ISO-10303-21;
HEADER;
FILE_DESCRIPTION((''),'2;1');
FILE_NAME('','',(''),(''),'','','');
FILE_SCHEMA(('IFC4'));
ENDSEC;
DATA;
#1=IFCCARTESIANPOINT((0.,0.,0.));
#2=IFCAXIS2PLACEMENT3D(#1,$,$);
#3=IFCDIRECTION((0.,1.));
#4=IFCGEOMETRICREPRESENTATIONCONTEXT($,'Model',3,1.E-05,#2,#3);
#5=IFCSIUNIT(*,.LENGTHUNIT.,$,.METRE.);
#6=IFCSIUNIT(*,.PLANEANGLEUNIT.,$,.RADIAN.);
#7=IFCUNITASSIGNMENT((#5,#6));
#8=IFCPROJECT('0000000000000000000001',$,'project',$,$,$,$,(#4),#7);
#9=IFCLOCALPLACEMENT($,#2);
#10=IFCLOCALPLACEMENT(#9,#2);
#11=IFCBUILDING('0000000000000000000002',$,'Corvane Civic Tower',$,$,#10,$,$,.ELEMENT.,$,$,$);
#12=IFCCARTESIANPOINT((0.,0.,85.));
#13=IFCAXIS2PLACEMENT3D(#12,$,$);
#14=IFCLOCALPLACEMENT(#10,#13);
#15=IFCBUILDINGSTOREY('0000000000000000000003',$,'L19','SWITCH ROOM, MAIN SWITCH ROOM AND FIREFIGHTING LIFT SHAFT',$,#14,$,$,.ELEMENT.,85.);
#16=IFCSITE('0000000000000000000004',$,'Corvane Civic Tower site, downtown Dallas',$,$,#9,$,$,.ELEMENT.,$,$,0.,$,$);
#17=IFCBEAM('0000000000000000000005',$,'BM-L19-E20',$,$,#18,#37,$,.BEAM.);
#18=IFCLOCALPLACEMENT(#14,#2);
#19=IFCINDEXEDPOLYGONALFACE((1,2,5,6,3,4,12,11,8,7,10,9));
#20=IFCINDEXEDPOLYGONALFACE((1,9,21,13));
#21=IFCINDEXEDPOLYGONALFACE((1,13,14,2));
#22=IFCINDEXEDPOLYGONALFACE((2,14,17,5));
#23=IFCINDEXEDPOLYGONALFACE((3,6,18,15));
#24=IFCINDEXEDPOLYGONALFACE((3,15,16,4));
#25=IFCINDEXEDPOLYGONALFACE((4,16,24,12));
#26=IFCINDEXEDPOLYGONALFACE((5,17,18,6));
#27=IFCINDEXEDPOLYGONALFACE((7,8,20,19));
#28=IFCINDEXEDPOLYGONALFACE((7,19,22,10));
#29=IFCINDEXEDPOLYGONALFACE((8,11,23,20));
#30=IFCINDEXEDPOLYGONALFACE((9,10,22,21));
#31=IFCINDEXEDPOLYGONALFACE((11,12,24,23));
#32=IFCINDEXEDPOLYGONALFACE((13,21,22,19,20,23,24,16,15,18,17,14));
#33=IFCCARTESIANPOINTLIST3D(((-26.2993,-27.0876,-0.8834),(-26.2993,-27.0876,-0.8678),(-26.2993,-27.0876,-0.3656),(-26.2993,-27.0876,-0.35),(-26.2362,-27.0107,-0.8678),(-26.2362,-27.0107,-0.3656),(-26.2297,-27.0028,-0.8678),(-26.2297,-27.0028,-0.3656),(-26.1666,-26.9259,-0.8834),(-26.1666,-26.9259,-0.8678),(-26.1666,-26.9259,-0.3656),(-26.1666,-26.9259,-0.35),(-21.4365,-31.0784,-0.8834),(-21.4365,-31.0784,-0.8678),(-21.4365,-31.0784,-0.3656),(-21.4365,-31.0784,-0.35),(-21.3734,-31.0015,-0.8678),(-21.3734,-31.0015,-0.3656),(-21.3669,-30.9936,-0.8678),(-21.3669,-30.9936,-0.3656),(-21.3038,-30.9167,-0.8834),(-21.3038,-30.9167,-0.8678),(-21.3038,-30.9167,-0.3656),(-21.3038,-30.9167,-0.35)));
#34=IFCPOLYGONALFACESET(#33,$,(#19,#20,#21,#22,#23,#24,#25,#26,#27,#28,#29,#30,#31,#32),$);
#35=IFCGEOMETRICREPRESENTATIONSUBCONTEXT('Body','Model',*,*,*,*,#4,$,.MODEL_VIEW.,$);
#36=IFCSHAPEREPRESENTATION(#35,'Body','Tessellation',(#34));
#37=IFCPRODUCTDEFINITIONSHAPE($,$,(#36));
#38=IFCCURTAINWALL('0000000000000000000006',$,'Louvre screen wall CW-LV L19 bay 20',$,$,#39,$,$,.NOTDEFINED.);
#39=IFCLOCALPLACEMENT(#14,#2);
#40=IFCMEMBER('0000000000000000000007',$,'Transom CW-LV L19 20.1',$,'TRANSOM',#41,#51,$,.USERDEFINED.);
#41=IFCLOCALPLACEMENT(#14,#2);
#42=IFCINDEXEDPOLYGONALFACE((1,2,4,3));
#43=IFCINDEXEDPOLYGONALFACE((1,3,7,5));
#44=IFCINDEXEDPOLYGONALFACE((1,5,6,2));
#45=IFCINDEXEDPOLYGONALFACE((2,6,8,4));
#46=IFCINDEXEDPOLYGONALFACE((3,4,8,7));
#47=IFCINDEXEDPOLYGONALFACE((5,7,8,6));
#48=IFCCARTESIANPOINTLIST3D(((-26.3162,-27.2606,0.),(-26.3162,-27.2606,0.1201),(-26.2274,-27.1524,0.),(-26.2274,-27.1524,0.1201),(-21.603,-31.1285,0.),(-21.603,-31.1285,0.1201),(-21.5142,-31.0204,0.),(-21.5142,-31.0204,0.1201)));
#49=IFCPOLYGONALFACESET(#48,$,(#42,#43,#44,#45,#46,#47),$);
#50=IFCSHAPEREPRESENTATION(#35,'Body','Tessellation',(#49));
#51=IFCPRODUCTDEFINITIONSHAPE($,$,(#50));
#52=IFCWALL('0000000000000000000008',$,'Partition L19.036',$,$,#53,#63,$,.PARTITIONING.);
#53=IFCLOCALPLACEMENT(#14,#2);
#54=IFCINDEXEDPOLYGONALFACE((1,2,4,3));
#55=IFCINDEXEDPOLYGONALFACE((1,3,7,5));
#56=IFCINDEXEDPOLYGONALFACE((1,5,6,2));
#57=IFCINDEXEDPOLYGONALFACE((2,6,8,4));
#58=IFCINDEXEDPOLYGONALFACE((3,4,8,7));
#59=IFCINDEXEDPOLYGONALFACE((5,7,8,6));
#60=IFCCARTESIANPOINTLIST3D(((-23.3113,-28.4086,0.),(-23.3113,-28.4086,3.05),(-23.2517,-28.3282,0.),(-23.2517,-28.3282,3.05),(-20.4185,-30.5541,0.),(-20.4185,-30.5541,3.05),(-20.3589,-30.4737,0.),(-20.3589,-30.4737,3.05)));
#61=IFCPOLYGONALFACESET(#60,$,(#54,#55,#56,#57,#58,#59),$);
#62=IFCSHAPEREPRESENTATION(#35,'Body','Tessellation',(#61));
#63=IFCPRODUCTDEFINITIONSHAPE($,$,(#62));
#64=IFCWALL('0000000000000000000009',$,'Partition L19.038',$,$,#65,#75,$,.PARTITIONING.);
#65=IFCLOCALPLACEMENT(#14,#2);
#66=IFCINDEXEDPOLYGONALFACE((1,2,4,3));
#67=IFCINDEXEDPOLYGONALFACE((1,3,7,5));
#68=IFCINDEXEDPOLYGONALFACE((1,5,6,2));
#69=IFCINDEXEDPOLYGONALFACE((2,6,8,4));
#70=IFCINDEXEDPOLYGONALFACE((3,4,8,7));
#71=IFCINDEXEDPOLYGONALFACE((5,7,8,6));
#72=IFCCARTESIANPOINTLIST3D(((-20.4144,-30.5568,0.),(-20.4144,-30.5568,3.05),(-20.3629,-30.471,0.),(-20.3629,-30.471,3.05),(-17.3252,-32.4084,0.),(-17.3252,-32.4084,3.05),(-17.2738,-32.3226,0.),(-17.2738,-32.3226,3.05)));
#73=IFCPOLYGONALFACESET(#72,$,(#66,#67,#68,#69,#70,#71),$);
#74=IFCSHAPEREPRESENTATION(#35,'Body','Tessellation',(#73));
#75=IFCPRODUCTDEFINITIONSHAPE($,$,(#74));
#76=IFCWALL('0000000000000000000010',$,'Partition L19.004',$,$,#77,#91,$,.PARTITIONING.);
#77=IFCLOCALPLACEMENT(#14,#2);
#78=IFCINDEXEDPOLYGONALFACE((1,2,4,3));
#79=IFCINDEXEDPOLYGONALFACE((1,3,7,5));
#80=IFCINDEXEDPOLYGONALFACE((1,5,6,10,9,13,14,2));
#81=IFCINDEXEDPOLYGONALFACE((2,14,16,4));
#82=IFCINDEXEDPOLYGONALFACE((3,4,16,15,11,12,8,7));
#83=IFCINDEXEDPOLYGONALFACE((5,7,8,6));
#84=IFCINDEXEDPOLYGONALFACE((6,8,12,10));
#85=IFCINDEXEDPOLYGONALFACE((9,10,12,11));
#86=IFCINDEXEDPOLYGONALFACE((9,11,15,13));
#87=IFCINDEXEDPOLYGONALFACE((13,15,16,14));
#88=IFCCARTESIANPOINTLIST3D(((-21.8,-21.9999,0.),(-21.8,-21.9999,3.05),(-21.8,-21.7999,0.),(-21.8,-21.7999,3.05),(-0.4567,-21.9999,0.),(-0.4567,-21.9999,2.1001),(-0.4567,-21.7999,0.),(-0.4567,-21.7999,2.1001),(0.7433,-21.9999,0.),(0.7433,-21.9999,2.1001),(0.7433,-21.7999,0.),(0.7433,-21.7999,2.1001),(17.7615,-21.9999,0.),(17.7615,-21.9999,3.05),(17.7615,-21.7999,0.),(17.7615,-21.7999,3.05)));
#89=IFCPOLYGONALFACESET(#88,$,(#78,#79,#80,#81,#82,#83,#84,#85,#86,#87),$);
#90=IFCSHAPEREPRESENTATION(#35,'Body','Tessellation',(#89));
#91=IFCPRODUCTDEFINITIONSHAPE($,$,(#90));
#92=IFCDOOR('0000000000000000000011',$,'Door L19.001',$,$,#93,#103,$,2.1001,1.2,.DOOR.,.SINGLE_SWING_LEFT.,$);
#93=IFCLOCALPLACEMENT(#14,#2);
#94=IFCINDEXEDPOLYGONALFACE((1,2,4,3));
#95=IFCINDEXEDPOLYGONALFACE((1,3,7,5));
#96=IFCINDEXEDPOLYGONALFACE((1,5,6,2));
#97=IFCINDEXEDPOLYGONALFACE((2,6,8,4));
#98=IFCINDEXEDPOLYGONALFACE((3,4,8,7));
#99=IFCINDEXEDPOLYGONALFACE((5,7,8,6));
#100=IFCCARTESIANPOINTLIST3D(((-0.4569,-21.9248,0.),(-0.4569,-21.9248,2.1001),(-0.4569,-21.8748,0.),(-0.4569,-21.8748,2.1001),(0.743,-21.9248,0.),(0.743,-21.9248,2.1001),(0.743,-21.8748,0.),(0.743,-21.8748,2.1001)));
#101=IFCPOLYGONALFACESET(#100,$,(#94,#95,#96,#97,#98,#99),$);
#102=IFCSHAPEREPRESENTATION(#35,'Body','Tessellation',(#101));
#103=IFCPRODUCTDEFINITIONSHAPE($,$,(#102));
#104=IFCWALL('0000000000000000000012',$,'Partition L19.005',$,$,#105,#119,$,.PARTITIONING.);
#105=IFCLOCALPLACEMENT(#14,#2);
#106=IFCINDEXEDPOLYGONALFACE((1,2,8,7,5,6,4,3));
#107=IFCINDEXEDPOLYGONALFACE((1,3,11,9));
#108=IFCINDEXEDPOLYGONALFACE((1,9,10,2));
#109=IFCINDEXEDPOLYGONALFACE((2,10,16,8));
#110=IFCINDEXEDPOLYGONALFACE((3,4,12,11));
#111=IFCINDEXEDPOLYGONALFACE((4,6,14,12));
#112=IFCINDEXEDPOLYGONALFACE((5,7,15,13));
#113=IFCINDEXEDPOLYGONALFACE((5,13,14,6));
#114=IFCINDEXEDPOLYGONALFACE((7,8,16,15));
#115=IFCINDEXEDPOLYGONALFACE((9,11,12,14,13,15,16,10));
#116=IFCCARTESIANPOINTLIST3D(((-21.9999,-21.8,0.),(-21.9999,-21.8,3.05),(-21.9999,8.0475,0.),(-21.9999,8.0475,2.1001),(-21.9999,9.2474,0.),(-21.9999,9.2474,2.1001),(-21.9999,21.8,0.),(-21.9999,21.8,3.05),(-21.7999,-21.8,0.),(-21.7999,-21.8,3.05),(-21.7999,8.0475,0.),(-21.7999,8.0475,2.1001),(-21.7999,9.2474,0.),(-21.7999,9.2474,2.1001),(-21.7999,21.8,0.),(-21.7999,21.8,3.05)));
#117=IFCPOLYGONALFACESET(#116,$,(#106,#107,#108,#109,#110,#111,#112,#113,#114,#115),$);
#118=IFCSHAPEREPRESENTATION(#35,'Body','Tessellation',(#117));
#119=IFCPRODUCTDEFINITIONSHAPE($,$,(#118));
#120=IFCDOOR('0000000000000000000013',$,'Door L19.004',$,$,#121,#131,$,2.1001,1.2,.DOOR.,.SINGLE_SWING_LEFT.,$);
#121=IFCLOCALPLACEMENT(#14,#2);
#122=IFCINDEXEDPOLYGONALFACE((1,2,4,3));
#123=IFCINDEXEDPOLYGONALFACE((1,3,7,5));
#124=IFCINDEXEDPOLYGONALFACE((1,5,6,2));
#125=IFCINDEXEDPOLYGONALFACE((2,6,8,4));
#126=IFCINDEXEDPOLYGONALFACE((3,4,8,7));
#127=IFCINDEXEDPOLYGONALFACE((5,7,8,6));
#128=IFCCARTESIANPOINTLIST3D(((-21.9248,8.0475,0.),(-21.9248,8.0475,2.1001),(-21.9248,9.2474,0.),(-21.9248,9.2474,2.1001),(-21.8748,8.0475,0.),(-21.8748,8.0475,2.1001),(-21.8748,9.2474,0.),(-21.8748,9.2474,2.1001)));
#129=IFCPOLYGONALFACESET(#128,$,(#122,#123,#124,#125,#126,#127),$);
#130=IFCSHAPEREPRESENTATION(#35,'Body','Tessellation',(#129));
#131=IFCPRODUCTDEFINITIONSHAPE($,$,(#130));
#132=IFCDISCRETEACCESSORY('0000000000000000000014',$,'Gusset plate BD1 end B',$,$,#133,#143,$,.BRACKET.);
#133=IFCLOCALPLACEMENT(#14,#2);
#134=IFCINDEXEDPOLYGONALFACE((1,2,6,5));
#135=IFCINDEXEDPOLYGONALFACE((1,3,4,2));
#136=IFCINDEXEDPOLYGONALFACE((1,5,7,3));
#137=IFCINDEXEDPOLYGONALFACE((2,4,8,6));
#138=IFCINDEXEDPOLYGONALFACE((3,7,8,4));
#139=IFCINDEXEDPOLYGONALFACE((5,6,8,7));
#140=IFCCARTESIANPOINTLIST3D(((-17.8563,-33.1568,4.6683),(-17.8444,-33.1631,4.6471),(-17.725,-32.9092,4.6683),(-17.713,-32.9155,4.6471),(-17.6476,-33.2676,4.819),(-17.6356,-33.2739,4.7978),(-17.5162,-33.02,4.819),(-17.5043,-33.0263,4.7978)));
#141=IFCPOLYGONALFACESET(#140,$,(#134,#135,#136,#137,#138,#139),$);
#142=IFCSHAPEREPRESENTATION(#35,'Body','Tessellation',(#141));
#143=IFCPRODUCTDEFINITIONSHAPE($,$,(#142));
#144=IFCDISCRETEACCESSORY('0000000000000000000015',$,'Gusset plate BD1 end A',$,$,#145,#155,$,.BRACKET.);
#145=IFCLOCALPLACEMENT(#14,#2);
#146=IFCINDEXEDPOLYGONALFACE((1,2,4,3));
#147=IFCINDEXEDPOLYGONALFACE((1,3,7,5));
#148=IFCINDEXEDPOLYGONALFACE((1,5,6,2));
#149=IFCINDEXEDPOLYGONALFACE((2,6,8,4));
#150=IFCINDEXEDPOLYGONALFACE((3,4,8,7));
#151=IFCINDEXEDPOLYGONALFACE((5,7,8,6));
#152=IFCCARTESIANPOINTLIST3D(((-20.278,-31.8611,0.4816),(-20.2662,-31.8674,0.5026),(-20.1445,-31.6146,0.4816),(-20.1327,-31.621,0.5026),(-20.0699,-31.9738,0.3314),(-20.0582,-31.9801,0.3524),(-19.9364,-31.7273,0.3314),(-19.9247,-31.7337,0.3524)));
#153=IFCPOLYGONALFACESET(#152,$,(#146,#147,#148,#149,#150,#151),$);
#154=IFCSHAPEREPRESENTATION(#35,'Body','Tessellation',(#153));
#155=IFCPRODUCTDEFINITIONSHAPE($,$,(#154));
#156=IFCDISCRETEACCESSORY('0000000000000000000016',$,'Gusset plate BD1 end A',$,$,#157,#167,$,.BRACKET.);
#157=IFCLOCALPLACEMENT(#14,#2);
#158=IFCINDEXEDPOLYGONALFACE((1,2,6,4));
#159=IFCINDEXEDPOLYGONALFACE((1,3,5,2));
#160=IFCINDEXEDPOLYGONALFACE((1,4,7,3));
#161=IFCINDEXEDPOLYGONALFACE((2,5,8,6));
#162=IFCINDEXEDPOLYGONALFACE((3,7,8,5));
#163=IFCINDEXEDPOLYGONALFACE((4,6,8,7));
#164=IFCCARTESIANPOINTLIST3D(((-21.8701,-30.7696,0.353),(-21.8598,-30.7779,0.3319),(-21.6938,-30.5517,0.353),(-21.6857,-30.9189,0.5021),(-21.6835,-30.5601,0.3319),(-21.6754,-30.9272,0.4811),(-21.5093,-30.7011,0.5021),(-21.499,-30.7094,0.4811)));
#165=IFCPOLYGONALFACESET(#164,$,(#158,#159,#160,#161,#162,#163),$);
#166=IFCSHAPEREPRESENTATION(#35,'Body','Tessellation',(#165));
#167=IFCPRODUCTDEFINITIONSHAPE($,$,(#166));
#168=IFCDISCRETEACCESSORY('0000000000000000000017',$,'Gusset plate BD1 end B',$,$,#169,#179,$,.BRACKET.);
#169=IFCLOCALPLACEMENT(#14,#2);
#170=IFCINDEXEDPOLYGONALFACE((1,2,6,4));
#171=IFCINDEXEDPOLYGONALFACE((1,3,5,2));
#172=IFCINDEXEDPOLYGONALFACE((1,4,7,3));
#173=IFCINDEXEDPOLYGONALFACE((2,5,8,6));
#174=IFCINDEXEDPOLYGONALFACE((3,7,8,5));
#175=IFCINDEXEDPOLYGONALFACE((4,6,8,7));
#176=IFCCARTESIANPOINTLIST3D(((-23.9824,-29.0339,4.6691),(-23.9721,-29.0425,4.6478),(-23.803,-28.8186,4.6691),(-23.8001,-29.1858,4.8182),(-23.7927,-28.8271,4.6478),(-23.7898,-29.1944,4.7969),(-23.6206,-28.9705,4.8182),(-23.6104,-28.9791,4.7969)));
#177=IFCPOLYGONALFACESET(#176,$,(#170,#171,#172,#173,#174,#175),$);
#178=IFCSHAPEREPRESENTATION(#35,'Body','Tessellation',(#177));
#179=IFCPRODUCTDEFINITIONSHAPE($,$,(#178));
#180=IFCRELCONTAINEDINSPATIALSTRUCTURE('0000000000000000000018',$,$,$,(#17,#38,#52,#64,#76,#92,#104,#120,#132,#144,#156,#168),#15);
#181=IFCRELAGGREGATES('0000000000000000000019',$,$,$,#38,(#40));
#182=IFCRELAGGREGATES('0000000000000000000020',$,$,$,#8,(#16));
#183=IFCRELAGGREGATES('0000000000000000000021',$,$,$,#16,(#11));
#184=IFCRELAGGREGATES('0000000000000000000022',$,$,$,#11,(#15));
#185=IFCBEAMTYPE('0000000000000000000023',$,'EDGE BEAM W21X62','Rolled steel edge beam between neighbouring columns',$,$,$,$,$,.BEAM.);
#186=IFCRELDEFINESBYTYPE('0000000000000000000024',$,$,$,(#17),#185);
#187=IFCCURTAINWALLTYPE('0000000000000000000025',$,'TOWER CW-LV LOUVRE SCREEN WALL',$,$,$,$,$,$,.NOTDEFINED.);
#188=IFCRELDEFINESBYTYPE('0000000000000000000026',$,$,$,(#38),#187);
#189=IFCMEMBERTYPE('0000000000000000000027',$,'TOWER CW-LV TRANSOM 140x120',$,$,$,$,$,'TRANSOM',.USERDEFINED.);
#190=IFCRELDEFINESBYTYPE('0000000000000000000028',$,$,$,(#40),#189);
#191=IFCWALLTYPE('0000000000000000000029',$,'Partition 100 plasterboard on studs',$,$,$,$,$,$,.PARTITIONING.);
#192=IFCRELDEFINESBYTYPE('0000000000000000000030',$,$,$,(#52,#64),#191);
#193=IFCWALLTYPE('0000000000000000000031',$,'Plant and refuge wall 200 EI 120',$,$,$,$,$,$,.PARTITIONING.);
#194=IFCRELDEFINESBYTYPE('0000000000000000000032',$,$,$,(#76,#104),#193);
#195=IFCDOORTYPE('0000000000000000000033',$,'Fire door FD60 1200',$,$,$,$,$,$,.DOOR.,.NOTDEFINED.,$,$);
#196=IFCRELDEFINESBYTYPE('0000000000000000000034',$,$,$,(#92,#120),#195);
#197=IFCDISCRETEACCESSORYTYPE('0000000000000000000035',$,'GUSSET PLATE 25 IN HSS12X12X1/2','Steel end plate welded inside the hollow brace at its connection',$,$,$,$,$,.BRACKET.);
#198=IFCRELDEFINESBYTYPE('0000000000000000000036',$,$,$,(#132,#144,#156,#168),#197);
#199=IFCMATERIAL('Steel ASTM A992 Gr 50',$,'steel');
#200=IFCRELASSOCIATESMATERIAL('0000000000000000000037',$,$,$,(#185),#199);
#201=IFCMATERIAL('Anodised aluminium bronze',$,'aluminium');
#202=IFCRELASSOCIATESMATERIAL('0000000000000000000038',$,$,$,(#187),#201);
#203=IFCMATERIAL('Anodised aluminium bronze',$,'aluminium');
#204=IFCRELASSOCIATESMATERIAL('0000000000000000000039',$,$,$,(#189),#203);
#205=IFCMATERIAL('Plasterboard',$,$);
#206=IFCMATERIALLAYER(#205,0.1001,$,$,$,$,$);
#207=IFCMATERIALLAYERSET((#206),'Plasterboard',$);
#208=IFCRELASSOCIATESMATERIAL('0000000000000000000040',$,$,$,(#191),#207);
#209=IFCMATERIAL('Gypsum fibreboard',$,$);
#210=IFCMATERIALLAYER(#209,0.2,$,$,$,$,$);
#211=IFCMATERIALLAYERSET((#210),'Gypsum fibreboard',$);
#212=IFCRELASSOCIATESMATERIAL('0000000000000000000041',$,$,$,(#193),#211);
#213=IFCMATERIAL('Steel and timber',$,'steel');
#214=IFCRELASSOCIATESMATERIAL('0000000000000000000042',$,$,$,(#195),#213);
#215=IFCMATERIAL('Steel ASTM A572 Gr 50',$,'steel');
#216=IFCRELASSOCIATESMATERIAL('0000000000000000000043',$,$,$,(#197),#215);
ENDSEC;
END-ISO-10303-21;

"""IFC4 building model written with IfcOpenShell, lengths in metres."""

from ifc_helpers import new_model, si_unit, direction, frame, frame_2d, origin, origin_2d, place, context, subcontext, project, spatial, rectangle, i_section, extrude, material, layer, layer_set, material_profile, profile_set, type_object, element, fill, aggregate, save


model = new_model("IFC4")

# Units and contexts
model_context = context("Model", 3, precision=1e-05, world=origin(), true_north=direction((0.0, 1.0)))
body_context = subcontext(model_context, "Body", "Model", "MODEL_VIEW")
ifc_project = project(units=[si_unit("LENGTHUNIT", "METRE"), si_unit("PLANEANGLEUNIT", "RADIAN")], contexts=[model_context])

# Site, building, storey
site_placement = place(None, origin())
site = spatial("IfcSite", under=ifc_project, at=site_placement, Name="Corvane Civic Tower site, downtown Dallas", CompositionType="ELEMENT", RefElevation=0.0)
building_placement = place(site_placement, origin())
building = spatial("IfcBuilding", under=site, at=building_placement, Name="Corvane Civic Tower", CompositionType="ELEMENT")
storey_placement = place(building_placement, frame((0.0, 0.0, 85.0)))
storey = spatial("IfcBuildingStorey", under=building, at=storey_placement, Name="L19", Description="SWITCH ROOM, MAIN SWITCH ROOM AND FIREFIGHTING LIFT SHAFT", CompositionType="ELEMENT", Elevation=85.0)

# Beam
ifc_material_1 = material(Name="Steel ASTM A992 Gr 50", Category="steel")
ifc_material_profile_1 = material_profile(ifc_material_1, i_section(OverallWidth=0.2092, OverallDepth=0.5334, WebThickness=0.0103, FlangeThickness=0.0156, at=origin_2d()), Name="W21X62")
ifc_profile_set_1 = profile_set([ifc_material_profile_1], Name="Steel ASTM A992 Gr 50")
beam_type = type_object("IfcBeamType", Name="EDGE BEAM W21X62", Description="Rolled steel edge beam between neighbouring columns", PredefinedType="BEAM", material=ifc_profile_set_1)
beam_placement = place(storey_placement, frame((-21.3701, -30.9976, -0.6167), z_axis=(-0.773016, 0.634387, 0.0), x_axis=(-0.634387, -0.773016, 0.0)))
element("IfcBeam", 1, at=beam_placement, inside=storey, type_object=beam_type, Name="BM-L19-E20", PredefinedType="BEAM", context=body_context, shape_type="SweptSolid", body=[
    extrude(i_section(OverallWidth=0.2092, OverallDepth=0.5334, WebThickness=0.0103, FlangeThickness=0.0156, at=origin_2d()), origin(), (0.0, 0.0, 1.0), 6.2908),
])

# Curtain wall, member
ifc_material_2 = material(Name="Anodised aluminium bronze", Category="aluminium")
curtain_wall_type = type_object("IfcCurtainWallType", Name="TOWER CW-LV LOUVRE SCREEN WALL", PredefinedType="NOTDEFINED", material=ifc_material_2)
curtain_wall_placement = place(storey_placement, origin())
curtain_wall = element("IfcCurtainWall", 2, at=curtain_wall_placement, inside=storey, type_object=curtain_wall_type, Name="Louvre screen wall CW-LV L19 bay 20", PredefinedType="NOTDEFINED")
ifc_material_3 = material(Name="Anodised aluminium bronze", Category="aluminium")
ifc_material_profile_2 = material_profile(ifc_material_3, rectangle(XDim=0.1399, YDim=0.1201, at=origin_2d()), Name="TOWER CW-LV TRANSOM 140x120")
ifc_profile_set_2 = profile_set([ifc_material_profile_2], Name="Anodised aluminium bronze")
member_type_1 = type_object("IfcMemberType", Name="TOWER CW-LV TRANSOM 140x120", ElementType="TRANSOM", PredefinedType="USERDEFINED", material=ifc_profile_set_2)
member_placement = place(storey_placement, frame((-21.5586, -31.0745, 0.0601), z_axis=(-0.773014, 0.634388, 0.0), x_axis=(-0.634388, -0.773014, 0.0)))
member = element("IfcMember", 3, at=member_placement, type_object=member_type_1, Name="Transom CW-LV L19 20.1", ObjectType="TRANSOM", PredefinedType="USERDEFINED", context=body_context, shape_type="SweptSolid", body=[
    extrude(rectangle(XDim=0.1399, YDim=0.1201, at=origin_2d()), origin(), (0.0, 0.0, 1.0), 6.0972),
])

# Walls
ifc_material_4 = material(Name="Plasterboard")
ifc_layer_1 = layer(ifc_material_4, 0.1001)
ifc_layer_set_1 = layer_set([ifc_layer_1], Name="Plasterboard")
wall_type_1 = type_object("IfcWallType", Name="Partition 100 plasterboard on studs", PredefinedType="PARTITIONING", material=ifc_layer_set_1)
for number, where, z_axis, x_axis, name in (
    (4, (-23.2815, -28.3684, 0.0), (0.0, 0.0, 1.0), (0.803202, -0.595707, 0.0), "Partition L19.036"),
    (5, (-20.3887, -30.5139, 0.0), (0.0, 0.0, 1.0), (0.857726, -0.514107, 0.0), "Partition L19.038"),
):
    element("IfcWall", number, at=place(storey_placement, frame(where, z_axis=z_axis, x_axis=x_axis)), inside=storey, type_object=wall_type_1, Name=name, PredefinedType="PARTITIONING", context=body_context, shape_type="SweptSolid", body=[
        extrude(rectangle(XDim=3.6016, YDim=0.1001, at=frame_2d((1.8008, 0.0))), origin(), (0.0, 0.0, 1.0), 3.05),
    ])

# Walls, openings, doors
ifc_material_5 = material(Name="Gypsum fibreboard")
ifc_layer_2 = layer(ifc_material_5, 0.2)
ifc_layer_set_2 = layer_set([ifc_layer_2], Name="Gypsum fibreboard")
wall_type_2 = type_object("IfcWallType", Name="Plant and refuge wall 200 EI 120", PredefinedType="PARTITIONING", material=ifc_layer_set_2)
wall_1_placement = place(storey_placement, frame((-21.8, -21.8999, 0.0), z_axis=(0.0, 0.0, 1.0), x_axis=(1.0, 0.0, 0.0)))
wall_1 = element("IfcWall", 6, at=wall_1_placement, inside=storey, type_object=wall_type_2, Name="Partition L19.004", PredefinedType="PARTITIONING", context=body_context, shape_type="SweptSolid", body=[
    extrude(rectangle(XDim=39.5615, YDim=0.2, at=frame_2d((19.7808, 0.0))), origin(), (0.0, 0.0, 1.0), 3.05),
])
opening_1_placement = place(wall_1_placement, frame((21.3433, 0.0, 0.0)))
opening_1 = element("IfcOpeningElement", 7, at=opening_1_placement, cuts=wall_1, PredefinedType="OPENING", context=body_context, shape_type="SweptSolid", body=[
    extrude(rectangle(XDim=1.2, YDim=2.1001, at=frame_2d((0.6001, 1.05))), frame((0.0, 0.1099, 0.0), z_axis=(0.0, -1.0, 0.0), x_axis=(1.0, 0.0, 0.0)), (0.0, 0.0, 1.0), 0.22),
])
ifc_material_6 = material(Name="Steel and timber", Category="steel")
door_type = type_object("IfcDoorType", Name="Fire door FD60 1200", OperationType="NOTDEFINED", PredefinedType="DOOR", material=ifc_material_6)
door_1_placement = place(opening_1_placement, frame((1.2, 0.0, 0.0), z_axis=(0.0, 0.0, 1.0), x_axis=(-1.0, 0.0, 0.0)))
door_1 = element("IfcDoor", 8, at=door_1_placement, inside=storey, type_object=door_type, Name="Door L19.001", OperationType="SINGLE_SWING_LEFT", OverallHeight=2.1001, OverallWidth=1.2, PredefinedType="DOOR", context=body_context, shape_type="SweptSolid", body=[
    extrude(rectangle(XDim=1.2, YDim=2.1001, at=frame_2d((0.6001, 1.05))), frame((0.0, 0.0249, 0.0), z_axis=(0.0, -1.0, 0.0), x_axis=(1.0, 0.0, 0.0)), (0.0, 0.0, 1.0), 0.05),
])
fill(opening_1, door_1)
wall_2_placement = place(storey_placement, frame((-21.8999, -21.8, 0.0), z_axis=(0.0, 0.0, 1.0), x_axis=(0.0, 1.0, 0.0)))
wall_2 = element("IfcWall", 9, at=wall_2_placement, inside=storey, type_object=wall_type_2, Name="Partition L19.005", PredefinedType="PARTITIONING", context=body_context, shape_type="SweptSolid", body=[
    extrude(rectangle(XDim=43.6001, YDim=0.2, at=frame_2d((21.8, 0.0))), origin(), (0.0, 0.0, 1.0), 3.05),
])
opening_2_placement = place(wall_2_placement, frame((29.8474, 0.0, 0.0)))
opening_2 = element("IfcOpeningElement", 10, at=opening_2_placement, cuts=wall_2, PredefinedType="OPENING", context=body_context, shape_type="SweptSolid", body=[
    extrude(rectangle(XDim=1.2, YDim=2.1001, at=frame_2d((0.6001, 1.05))), frame((0.0, 0.1099, 0.0), z_axis=(0.0, -1.0, 0.0), x_axis=(1.0, 0.0, 0.0)), (0.0, 0.0, 1.0), 0.22),
])
door_2_placement = place(opening_2_placement, origin())
door_2 = element("IfcDoor", 11, at=door_2_placement, inside=storey, type_object=door_type, Name="Door L19.004", OperationType="SINGLE_SWING_LEFT", OverallHeight=2.1001, OverallWidth=1.2, PredefinedType="DOOR", context=body_context, shape_type="SweptSolid", body=[
    extrude(rectangle(XDim=1.2, YDim=2.1001, at=frame_2d((0.6001, 1.05))), frame((0.0, 0.0249, 0.0), z_axis=(0.0, -1.0, 0.0), x_axis=(1.0, 0.0, 0.0)), (0.0, 0.0, 1.0), 0.05),
])
fill(opening_2, door_2)

aggregate(curtain_wall, [member])

# Discrete accessories
ifc_material_7 = material(Name="Steel ASTM A572 Gr 50", Category="steel")
ifc_material_profile_3 = material_profile(ifc_material_7, rectangle(XDim=0.2803, YDim=0.2803, at=origin_2d()), Name="GUSSET PLATE 25 IN HSS12X12X1/2")
ifc_profile_set_3 = profile_set([ifc_material_profile_3], Name="Steel ASTM A572 Gr 50")
discrete_accessory_type = type_object("IfcDiscreteAccessoryType", Name="GUSSET PLATE 25 IN HSS12X12X1/2", Description="Steel end plate welded inside the hollow brace at its connection", PredefinedType="BRACKET", material=ifc_profile_set_3)
discrete_accessory_1_placement = place(storey_placement, frame((-17.6863, -33.0884, 4.7437), z_axis=(0.474901, -0.251988, -0.843191), x_axis=(0.468716, 0.883349, 0.0)))
element("IfcDiscreteAccessory", 12, at=discrete_accessory_1_placement, inside=storey, type_object=discrete_accessory_type, Name="Gusset plate BD1 end B", PredefinedType="BRACKET", context=body_context, shape_type="SweptSolid", body=[
    extrude(rectangle(XDim=0.2803, YDim=0.2803, at=origin_2d()), origin(), (0.0, 0.0, 1.0), 0.0251),
])
for number, where, z_axis, x_axis, name in (
    (13, (-20.1072, -31.7942, 0.4065), (0.471223, -0.255246, 0.844274), (0.476283, 0.879292, 0.0), "Gusset plate BD1 end A"),
    (14, (-21.6794, -30.7437, 0.4065), (-0.413517, 0.334752, 0.846726), (-0.629198, -0.777245, 0.0), "Gusset plate BD1 end A"),
):
    element("IfcDiscreteAccessory", number, at=place(storey_placement, frame(where, z_axis=z_axis, x_axis=x_axis)), inside=storey, type_object=discrete_accessory_type, Name=name, PredefinedType="BRACKET", context=body_context, shape_type="SweptSolid", body=[
        extrude(rectangle(XDim=0.2803, YDim=0.2803, at=origin_2d()), origin(), (0.0, 0.0, 1.0), 0.0249),
    ])
discrete_accessory_2_placement = place(storey_placement, frame((-23.8015, -29.0022, 4.7437), z_axis=(0.408751, -0.340626, -0.846698), x_axis=(0.640184, 0.768221, 0.0)))
element("IfcDiscreteAccessory", 15, at=discrete_accessory_2_placement, inside=storey, type_object=discrete_accessory_type, Name="Gusset plate BD1 end B", PredefinedType="BRACKET", context=body_context, shape_type="SweptSolid", body=[
    extrude(rectangle(XDim=0.2803, YDim=0.2803, at=origin_2d()), origin(), (0.0, 0.0, 1.0), 0.0251),
])

save(model, "model.ifc")
